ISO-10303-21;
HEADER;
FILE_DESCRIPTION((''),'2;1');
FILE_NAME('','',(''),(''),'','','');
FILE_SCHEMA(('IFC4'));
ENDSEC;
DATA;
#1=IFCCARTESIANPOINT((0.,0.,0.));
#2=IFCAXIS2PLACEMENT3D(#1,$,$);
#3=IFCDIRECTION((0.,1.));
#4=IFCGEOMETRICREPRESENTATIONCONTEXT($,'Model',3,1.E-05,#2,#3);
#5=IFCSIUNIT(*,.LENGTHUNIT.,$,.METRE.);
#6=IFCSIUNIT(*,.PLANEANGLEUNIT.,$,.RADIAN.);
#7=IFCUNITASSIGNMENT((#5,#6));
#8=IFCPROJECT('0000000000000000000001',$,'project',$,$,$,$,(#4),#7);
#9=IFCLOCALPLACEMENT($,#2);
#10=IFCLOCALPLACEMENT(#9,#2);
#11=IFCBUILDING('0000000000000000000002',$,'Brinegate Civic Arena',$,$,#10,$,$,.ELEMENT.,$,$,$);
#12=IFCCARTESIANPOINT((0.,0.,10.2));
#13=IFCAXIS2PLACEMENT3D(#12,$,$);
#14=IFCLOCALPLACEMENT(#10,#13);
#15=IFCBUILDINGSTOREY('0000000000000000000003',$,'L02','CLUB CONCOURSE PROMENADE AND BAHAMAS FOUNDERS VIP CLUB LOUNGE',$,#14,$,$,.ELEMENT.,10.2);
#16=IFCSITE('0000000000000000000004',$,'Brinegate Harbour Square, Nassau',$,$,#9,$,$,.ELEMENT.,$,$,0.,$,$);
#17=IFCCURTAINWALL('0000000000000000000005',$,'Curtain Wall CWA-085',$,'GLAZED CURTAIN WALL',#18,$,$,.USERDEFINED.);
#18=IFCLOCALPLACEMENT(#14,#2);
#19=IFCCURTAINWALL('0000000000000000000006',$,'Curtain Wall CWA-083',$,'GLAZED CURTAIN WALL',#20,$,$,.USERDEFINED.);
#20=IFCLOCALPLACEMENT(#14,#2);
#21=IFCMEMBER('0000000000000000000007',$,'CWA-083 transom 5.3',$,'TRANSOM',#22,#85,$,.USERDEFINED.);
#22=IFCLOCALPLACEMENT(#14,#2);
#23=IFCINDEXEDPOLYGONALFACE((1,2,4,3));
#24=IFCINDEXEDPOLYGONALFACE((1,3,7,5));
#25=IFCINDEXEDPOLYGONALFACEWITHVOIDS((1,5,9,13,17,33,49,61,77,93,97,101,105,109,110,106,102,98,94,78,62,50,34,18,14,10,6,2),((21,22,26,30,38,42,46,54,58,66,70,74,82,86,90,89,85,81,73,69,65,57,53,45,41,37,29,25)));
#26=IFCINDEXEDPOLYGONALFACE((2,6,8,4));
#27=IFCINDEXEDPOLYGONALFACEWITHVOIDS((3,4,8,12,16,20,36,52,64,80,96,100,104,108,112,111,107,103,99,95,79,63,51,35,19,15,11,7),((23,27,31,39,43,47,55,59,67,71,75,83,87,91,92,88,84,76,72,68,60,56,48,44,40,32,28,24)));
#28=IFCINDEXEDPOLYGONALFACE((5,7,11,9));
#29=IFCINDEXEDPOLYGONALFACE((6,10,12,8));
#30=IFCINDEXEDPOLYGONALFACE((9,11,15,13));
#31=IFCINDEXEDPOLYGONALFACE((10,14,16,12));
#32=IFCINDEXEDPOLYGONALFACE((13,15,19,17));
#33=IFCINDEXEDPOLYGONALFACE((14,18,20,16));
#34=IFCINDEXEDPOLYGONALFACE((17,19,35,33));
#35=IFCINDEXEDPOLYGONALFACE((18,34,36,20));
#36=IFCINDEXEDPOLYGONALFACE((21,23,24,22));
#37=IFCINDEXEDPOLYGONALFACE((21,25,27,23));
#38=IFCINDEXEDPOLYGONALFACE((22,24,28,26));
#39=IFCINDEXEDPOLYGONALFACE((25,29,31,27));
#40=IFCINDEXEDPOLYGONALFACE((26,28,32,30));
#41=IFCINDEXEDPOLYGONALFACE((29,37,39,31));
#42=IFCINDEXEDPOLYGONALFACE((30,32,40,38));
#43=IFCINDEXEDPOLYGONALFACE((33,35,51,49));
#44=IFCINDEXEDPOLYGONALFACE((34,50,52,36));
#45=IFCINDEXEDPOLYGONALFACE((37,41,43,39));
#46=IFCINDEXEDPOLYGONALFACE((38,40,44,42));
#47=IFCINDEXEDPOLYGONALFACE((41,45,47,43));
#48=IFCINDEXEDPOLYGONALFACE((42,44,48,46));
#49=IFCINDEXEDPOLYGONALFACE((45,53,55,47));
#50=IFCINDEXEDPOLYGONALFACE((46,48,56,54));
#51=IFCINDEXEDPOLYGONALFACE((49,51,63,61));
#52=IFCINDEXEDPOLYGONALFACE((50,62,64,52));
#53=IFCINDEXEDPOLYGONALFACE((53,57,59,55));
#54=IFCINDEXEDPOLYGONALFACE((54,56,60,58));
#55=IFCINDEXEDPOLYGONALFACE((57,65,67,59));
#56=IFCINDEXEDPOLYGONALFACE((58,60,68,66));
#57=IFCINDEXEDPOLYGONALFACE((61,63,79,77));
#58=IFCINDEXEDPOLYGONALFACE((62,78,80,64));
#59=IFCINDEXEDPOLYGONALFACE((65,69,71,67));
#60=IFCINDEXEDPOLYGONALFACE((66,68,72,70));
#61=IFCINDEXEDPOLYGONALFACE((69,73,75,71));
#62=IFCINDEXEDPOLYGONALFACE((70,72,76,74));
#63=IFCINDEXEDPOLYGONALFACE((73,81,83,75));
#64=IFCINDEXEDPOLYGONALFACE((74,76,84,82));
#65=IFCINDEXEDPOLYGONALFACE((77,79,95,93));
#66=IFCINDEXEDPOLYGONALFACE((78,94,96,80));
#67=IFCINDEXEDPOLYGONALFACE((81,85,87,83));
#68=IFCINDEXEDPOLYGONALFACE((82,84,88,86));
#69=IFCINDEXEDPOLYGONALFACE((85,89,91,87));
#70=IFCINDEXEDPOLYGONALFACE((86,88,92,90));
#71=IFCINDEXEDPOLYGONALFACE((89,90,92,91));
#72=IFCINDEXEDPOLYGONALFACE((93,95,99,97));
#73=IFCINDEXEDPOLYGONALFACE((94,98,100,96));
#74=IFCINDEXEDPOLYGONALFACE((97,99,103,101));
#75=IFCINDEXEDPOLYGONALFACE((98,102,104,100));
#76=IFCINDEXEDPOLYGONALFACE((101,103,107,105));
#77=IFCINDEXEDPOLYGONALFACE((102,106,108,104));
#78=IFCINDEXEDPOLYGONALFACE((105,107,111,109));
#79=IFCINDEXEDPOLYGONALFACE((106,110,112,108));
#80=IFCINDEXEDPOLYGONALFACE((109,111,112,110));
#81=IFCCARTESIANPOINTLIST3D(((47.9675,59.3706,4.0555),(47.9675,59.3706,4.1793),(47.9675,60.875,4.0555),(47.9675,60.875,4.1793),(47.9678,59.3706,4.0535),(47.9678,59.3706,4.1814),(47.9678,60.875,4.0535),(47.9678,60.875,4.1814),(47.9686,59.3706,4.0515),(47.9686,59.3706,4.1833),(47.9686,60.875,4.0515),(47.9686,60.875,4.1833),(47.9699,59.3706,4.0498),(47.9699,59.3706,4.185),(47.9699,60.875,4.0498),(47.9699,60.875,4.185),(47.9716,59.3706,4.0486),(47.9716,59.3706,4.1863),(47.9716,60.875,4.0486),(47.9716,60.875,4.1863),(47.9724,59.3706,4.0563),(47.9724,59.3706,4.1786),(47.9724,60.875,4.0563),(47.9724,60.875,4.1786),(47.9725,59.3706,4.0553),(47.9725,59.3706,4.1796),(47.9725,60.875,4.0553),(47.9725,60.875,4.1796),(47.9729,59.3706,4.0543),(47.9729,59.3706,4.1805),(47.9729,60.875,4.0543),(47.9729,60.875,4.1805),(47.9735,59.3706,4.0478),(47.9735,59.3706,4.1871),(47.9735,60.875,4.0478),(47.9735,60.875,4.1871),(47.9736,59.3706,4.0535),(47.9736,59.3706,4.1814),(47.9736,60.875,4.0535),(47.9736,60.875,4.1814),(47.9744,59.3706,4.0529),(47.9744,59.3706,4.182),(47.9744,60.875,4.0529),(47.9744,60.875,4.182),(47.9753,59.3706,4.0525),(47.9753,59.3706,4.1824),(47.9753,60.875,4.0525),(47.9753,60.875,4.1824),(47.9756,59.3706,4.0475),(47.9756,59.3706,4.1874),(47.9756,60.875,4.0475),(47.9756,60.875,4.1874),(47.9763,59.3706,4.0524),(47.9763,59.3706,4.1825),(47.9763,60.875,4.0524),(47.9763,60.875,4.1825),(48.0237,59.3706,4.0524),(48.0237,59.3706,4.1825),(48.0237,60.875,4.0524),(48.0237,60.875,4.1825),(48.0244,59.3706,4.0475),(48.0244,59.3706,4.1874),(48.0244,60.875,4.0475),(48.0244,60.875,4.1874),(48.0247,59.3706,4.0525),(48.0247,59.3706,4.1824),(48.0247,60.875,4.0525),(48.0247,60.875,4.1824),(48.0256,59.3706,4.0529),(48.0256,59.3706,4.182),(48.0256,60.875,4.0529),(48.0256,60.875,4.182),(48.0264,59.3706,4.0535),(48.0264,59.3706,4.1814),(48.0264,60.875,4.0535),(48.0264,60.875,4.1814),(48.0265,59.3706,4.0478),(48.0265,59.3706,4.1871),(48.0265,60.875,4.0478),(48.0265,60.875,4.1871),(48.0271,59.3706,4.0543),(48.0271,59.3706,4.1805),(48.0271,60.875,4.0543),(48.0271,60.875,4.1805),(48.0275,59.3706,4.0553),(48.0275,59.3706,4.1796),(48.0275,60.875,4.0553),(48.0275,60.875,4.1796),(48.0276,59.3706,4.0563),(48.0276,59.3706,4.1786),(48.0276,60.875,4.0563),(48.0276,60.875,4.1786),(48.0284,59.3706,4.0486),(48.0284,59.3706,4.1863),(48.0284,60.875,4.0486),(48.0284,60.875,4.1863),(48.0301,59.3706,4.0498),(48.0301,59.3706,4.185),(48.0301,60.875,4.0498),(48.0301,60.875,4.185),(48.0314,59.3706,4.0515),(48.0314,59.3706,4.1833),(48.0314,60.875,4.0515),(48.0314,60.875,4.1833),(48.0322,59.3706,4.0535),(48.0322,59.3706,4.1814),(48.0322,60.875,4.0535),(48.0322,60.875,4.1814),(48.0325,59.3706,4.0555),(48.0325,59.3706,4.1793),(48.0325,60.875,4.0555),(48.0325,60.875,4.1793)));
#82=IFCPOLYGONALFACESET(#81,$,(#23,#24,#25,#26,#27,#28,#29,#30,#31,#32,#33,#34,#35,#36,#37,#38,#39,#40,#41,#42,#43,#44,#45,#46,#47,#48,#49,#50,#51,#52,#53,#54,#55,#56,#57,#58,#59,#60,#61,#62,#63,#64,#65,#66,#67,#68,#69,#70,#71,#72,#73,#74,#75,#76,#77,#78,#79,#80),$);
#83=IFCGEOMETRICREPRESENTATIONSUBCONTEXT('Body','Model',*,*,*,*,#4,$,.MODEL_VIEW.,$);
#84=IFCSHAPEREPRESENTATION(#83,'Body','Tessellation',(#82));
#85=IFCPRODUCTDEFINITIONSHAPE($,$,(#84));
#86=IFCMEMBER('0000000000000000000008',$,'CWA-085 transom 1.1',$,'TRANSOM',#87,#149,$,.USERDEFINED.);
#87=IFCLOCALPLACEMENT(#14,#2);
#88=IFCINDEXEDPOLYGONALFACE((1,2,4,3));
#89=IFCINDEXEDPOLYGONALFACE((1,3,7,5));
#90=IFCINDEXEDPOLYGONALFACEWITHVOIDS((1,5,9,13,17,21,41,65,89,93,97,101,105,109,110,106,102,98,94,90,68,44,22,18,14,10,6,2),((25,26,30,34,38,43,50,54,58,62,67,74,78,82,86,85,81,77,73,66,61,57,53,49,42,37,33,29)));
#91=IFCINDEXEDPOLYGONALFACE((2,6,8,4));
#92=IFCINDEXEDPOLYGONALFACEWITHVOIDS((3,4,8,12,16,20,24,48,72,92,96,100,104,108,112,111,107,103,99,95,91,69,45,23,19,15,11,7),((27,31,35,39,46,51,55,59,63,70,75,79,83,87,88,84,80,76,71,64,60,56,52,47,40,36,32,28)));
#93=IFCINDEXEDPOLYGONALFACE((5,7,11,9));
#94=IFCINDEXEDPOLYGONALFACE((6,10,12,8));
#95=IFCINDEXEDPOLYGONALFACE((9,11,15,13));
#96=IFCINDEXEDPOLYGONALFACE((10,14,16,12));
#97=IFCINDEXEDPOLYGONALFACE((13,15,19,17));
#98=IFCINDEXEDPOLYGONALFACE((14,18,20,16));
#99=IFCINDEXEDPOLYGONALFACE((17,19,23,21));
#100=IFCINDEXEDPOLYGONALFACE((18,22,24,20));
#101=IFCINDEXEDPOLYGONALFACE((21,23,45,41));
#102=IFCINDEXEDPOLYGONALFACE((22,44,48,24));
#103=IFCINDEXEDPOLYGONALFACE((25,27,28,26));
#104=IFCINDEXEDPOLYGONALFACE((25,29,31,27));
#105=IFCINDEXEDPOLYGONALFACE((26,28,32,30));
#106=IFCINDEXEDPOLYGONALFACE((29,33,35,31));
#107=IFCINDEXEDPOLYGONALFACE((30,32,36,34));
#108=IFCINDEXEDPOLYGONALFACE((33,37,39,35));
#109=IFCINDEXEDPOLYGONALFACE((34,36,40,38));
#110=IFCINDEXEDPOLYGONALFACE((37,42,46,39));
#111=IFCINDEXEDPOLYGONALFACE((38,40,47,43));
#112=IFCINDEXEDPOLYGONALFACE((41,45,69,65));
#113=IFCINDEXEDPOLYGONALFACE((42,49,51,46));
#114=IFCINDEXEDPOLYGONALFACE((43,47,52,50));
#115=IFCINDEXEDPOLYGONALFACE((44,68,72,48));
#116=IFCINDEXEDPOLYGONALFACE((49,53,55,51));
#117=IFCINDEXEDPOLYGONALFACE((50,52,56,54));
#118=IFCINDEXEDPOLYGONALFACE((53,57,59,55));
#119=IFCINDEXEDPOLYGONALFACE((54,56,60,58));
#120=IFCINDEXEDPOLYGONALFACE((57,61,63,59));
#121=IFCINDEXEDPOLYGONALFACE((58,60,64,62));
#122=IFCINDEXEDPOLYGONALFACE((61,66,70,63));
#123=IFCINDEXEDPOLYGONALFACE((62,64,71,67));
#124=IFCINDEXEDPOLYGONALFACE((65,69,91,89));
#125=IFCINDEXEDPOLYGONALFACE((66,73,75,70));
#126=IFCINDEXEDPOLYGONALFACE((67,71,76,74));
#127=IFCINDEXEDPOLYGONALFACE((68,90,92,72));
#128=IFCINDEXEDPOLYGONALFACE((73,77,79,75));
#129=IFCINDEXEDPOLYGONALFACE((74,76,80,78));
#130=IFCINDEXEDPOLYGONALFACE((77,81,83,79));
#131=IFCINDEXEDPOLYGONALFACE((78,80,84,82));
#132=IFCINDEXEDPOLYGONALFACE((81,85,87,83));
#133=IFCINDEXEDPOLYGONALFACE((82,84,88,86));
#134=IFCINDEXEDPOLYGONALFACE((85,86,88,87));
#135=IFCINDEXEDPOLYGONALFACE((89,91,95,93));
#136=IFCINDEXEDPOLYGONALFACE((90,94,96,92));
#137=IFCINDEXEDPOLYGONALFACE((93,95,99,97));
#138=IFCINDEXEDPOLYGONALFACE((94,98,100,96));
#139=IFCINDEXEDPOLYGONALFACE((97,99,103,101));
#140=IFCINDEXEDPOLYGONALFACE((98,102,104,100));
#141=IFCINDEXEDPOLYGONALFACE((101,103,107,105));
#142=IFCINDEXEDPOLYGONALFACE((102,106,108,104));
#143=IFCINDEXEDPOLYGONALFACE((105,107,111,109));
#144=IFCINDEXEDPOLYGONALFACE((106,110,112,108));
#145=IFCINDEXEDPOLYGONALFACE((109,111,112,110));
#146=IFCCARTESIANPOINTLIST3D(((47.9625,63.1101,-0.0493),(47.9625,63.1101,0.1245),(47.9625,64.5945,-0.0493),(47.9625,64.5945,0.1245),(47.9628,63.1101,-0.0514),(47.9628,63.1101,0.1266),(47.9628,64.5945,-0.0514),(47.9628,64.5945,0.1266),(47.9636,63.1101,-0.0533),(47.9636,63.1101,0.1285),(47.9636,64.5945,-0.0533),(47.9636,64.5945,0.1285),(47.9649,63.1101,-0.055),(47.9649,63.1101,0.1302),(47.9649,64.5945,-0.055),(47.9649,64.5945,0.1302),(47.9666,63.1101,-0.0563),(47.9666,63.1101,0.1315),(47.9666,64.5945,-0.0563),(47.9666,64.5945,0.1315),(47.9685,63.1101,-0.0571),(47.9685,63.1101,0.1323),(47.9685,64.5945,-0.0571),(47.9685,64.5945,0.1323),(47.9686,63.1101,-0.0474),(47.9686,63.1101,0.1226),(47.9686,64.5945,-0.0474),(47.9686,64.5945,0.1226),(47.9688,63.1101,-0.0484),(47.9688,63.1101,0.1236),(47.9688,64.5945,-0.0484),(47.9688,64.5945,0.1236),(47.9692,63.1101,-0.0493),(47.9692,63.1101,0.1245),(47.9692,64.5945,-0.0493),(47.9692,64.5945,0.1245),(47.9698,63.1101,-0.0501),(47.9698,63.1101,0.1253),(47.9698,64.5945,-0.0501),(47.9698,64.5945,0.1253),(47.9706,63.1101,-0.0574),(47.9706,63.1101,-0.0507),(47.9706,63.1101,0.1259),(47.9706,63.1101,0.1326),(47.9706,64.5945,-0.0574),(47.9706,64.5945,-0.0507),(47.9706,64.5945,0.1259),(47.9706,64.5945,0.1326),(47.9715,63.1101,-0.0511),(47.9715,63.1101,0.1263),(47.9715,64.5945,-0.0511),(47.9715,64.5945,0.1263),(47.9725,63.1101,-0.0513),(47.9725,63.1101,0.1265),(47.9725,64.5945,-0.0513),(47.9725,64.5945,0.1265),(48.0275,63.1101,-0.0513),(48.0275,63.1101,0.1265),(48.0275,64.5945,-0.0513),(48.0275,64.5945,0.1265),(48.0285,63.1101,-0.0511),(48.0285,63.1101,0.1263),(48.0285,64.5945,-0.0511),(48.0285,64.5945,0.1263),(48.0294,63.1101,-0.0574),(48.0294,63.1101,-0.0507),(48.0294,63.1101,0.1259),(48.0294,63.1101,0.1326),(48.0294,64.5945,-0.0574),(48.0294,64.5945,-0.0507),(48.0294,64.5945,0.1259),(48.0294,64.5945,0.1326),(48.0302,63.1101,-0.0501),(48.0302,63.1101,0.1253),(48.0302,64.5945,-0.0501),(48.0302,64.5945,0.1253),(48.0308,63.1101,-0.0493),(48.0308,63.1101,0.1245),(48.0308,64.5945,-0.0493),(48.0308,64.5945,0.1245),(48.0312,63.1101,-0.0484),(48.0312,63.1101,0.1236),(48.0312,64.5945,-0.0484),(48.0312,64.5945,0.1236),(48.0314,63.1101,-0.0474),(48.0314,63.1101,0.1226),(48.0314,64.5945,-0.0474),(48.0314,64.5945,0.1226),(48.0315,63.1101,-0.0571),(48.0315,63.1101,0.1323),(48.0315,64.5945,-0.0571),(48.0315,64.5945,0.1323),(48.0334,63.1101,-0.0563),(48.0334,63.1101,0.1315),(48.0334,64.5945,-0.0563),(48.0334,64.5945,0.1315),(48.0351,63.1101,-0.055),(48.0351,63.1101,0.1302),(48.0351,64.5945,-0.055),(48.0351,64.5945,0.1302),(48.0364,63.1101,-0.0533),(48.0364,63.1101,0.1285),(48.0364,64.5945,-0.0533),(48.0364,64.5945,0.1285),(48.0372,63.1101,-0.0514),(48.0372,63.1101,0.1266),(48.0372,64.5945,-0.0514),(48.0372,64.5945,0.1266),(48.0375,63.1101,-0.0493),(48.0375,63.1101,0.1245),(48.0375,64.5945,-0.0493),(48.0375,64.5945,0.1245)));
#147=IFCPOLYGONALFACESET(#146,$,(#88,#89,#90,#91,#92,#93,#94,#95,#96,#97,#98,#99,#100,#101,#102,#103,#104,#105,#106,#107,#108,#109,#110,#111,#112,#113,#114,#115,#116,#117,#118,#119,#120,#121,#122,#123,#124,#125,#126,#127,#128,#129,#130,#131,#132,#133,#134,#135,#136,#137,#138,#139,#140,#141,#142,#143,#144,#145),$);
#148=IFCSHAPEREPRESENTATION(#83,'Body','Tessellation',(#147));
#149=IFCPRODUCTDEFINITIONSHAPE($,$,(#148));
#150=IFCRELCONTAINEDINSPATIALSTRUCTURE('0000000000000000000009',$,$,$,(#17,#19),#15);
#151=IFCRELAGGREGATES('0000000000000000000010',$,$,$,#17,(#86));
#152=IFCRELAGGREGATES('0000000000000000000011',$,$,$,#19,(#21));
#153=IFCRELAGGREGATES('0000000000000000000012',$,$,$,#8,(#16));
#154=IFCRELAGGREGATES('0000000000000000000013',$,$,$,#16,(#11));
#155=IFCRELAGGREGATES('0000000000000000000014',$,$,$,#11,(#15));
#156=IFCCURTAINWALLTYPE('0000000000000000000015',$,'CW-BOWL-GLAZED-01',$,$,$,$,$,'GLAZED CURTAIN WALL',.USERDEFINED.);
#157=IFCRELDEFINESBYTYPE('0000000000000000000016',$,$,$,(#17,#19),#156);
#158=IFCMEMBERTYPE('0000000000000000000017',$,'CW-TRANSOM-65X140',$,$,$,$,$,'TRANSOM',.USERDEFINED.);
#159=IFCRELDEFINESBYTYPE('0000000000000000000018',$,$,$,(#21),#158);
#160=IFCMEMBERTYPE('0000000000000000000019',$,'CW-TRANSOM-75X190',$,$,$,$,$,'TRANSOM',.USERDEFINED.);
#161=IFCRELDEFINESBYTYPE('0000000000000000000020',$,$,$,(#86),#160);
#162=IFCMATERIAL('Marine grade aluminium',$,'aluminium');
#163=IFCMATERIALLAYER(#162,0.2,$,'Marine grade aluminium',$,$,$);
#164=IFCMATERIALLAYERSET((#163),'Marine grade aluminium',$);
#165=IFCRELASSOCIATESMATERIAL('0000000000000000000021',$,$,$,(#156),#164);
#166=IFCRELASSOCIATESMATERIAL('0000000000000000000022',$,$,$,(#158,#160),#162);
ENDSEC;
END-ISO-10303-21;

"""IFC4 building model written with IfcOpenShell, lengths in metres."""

from ifc_helpers import new_model, si_unit, direction, frame, origin, origin_2d, place, context, subcontext, project, spatial, hollow_rectangle, extrude, material, layer, layer_set, material_profile, profile_set, type_object, element, aggregate, save


model = new_model("IFC4")

# Units and contexts
model_context = context("Model", 3, precision=1e-05, world=origin(), true_north=direction((0.0, 1.0)))
body_context = subcontext(model_context, "Body", "Model", "MODEL_VIEW")
ifc_project = project(units=[si_unit("LENGTHUNIT", "METRE"), si_unit("PLANEANGLEUNIT", "RADIAN")], contexts=[model_context])

# Site, building, storey
site_placement = place(None, origin())
site = spatial("IfcSite", under=ifc_project, at=site_placement, Name="Brinegate Harbour Square, Nassau", CompositionType="ELEMENT", RefElevation=0.0)
building_placement = place(site_placement, origin())
building = spatial("IfcBuilding", under=site, at=building_placement, Name="Brinegate Civic Arena", CompositionType="ELEMENT")
storey_placement = place(building_placement, frame((0.0, 0.0, 10.2)))
storey = spatial("IfcBuildingStorey", under=building, at=storey_placement, Name="L02", Description="CLUB CONCOURSE PROMENADE AND BAHAMAS FOUNDERS VIP CLUB LOUNGE", CompositionType="ELEMENT", Elevation=10.2)

# Curtain walls, member
ifc_material_1 = material(Name="Marine grade aluminium", Category="aluminium")
ifc_layer_1 = layer(ifc_material_1, 0.2, Name="Marine grade aluminium")
ifc_layer_set_1 = layer_set([ifc_layer_1], Name="Marine grade aluminium")
curtain_wall_type = type_object("IfcCurtainWallType", Name="CW-BOWL-GLAZED-01", ElementType="GLAZED CURTAIN WALL", PredefinedType="USERDEFINED", material=ifc_layer_set_1)
curtain_wall_1_placement = place(storey_placement, origin())
curtain_wall_1 = element("IfcCurtainWall", 1, at=curtain_wall_1_placement, inside=storey, type_object=curtain_wall_type, Name="Curtain Wall CWA-085", ObjectType="GLAZED CURTAIN WALL", PredefinedType="USERDEFINED")
curtain_wall_2_placement = place(storey_placement, origin())
curtain_wall_2 = element("IfcCurtainWall", 2, at=curtain_wall_2_placement, inside=storey, type_object=curtain_wall_type, Name="Curtain Wall CWA-083", ObjectType="GLAZED CURTAIN WALL", PredefinedType="USERDEFINED")
ifc_material_profile_1 = material_profile(ifc_material_1, hollow_rectangle(XDim=0.0649, YDim=0.1399, WallThickness=0.0049, InnerFilletRadius=0.0039, OuterFilletRadius=0.0081, at=origin_2d()), Name="TRN65X140")
ifc_profile_set_1 = profile_set([ifc_material_profile_1], Name="Marine grade aluminium")
member_type_1 = type_object("IfcMemberType", Name="CW-TRANSOM-65X140", ElementType="TRANSOM", PredefinedType="USERDEFINED", material=ifc_profile_set_1)
member_1_placement = place(storey_placement, frame((48.0, 59.3706, 4.1174), z_axis=(0.0, 1.0, 0.0), x_axis=(-1.0, 0.0, 0.0)))
member_1 = element("IfcMember", 3, at=member_1_placement, type_object=member_type_1, Name="CWA-083 transom 5.3", ObjectType="TRANSOM", PredefinedType="USERDEFINED", context=body_context, shape_type="SweptSolid", body=[
    extrude(hollow_rectangle(XDim=0.0649, YDim=0.1399, WallThickness=0.0049, InnerFilletRadius=0.0039, OuterFilletRadius=0.0081, at=origin_2d()), origin(), (0.0, 0.0, 1.0), 1.5044),
])

# Member
ifc_material_profile_2 = material_profile(ifc_material_1, hollow_rectangle(XDim=0.075, YDim=0.1899, WallThickness=0.0061, InnerFilletRadius=0.0039, OuterFilletRadius=0.0081, at=origin_2d()), Name="TRN75X190")
ifc_profile_set_2 = profile_set([ifc_material_profile_2], Name="Marine grade aluminium")
member_type_2 = type_object("IfcMemberType", Name="CW-TRANSOM-75X190", ElementType="TRANSOM", PredefinedType="USERDEFINED", material=ifc_profile_set_2)
member_2_placement = place(storey_placement, frame((48.0, 63.1101, 0.0376), z_axis=(0.0, 1.0, 0.0), x_axis=(-1.0, 0.0, 0.0)))
member_2 = element("IfcMember", 4, at=member_2_placement, type_object=member_type_2, Name="CWA-085 transom 1.1", ObjectType="TRANSOM", PredefinedType="USERDEFINED", context=body_context, shape_type="SweptSolid", body=[
    extrude(hollow_rectangle(XDim=0.075, YDim=0.1899, WallThickness=0.0061, InnerFilletRadius=0.0039, OuterFilletRadius=0.0081, at=origin_2d()), origin(), (0.0, 0.0, 1.0), 1.4844),
])

aggregate(curtain_wall_1, [member_2])
aggregate(curtain_wall_2, [member_1])

save(model, "model.ifc")
